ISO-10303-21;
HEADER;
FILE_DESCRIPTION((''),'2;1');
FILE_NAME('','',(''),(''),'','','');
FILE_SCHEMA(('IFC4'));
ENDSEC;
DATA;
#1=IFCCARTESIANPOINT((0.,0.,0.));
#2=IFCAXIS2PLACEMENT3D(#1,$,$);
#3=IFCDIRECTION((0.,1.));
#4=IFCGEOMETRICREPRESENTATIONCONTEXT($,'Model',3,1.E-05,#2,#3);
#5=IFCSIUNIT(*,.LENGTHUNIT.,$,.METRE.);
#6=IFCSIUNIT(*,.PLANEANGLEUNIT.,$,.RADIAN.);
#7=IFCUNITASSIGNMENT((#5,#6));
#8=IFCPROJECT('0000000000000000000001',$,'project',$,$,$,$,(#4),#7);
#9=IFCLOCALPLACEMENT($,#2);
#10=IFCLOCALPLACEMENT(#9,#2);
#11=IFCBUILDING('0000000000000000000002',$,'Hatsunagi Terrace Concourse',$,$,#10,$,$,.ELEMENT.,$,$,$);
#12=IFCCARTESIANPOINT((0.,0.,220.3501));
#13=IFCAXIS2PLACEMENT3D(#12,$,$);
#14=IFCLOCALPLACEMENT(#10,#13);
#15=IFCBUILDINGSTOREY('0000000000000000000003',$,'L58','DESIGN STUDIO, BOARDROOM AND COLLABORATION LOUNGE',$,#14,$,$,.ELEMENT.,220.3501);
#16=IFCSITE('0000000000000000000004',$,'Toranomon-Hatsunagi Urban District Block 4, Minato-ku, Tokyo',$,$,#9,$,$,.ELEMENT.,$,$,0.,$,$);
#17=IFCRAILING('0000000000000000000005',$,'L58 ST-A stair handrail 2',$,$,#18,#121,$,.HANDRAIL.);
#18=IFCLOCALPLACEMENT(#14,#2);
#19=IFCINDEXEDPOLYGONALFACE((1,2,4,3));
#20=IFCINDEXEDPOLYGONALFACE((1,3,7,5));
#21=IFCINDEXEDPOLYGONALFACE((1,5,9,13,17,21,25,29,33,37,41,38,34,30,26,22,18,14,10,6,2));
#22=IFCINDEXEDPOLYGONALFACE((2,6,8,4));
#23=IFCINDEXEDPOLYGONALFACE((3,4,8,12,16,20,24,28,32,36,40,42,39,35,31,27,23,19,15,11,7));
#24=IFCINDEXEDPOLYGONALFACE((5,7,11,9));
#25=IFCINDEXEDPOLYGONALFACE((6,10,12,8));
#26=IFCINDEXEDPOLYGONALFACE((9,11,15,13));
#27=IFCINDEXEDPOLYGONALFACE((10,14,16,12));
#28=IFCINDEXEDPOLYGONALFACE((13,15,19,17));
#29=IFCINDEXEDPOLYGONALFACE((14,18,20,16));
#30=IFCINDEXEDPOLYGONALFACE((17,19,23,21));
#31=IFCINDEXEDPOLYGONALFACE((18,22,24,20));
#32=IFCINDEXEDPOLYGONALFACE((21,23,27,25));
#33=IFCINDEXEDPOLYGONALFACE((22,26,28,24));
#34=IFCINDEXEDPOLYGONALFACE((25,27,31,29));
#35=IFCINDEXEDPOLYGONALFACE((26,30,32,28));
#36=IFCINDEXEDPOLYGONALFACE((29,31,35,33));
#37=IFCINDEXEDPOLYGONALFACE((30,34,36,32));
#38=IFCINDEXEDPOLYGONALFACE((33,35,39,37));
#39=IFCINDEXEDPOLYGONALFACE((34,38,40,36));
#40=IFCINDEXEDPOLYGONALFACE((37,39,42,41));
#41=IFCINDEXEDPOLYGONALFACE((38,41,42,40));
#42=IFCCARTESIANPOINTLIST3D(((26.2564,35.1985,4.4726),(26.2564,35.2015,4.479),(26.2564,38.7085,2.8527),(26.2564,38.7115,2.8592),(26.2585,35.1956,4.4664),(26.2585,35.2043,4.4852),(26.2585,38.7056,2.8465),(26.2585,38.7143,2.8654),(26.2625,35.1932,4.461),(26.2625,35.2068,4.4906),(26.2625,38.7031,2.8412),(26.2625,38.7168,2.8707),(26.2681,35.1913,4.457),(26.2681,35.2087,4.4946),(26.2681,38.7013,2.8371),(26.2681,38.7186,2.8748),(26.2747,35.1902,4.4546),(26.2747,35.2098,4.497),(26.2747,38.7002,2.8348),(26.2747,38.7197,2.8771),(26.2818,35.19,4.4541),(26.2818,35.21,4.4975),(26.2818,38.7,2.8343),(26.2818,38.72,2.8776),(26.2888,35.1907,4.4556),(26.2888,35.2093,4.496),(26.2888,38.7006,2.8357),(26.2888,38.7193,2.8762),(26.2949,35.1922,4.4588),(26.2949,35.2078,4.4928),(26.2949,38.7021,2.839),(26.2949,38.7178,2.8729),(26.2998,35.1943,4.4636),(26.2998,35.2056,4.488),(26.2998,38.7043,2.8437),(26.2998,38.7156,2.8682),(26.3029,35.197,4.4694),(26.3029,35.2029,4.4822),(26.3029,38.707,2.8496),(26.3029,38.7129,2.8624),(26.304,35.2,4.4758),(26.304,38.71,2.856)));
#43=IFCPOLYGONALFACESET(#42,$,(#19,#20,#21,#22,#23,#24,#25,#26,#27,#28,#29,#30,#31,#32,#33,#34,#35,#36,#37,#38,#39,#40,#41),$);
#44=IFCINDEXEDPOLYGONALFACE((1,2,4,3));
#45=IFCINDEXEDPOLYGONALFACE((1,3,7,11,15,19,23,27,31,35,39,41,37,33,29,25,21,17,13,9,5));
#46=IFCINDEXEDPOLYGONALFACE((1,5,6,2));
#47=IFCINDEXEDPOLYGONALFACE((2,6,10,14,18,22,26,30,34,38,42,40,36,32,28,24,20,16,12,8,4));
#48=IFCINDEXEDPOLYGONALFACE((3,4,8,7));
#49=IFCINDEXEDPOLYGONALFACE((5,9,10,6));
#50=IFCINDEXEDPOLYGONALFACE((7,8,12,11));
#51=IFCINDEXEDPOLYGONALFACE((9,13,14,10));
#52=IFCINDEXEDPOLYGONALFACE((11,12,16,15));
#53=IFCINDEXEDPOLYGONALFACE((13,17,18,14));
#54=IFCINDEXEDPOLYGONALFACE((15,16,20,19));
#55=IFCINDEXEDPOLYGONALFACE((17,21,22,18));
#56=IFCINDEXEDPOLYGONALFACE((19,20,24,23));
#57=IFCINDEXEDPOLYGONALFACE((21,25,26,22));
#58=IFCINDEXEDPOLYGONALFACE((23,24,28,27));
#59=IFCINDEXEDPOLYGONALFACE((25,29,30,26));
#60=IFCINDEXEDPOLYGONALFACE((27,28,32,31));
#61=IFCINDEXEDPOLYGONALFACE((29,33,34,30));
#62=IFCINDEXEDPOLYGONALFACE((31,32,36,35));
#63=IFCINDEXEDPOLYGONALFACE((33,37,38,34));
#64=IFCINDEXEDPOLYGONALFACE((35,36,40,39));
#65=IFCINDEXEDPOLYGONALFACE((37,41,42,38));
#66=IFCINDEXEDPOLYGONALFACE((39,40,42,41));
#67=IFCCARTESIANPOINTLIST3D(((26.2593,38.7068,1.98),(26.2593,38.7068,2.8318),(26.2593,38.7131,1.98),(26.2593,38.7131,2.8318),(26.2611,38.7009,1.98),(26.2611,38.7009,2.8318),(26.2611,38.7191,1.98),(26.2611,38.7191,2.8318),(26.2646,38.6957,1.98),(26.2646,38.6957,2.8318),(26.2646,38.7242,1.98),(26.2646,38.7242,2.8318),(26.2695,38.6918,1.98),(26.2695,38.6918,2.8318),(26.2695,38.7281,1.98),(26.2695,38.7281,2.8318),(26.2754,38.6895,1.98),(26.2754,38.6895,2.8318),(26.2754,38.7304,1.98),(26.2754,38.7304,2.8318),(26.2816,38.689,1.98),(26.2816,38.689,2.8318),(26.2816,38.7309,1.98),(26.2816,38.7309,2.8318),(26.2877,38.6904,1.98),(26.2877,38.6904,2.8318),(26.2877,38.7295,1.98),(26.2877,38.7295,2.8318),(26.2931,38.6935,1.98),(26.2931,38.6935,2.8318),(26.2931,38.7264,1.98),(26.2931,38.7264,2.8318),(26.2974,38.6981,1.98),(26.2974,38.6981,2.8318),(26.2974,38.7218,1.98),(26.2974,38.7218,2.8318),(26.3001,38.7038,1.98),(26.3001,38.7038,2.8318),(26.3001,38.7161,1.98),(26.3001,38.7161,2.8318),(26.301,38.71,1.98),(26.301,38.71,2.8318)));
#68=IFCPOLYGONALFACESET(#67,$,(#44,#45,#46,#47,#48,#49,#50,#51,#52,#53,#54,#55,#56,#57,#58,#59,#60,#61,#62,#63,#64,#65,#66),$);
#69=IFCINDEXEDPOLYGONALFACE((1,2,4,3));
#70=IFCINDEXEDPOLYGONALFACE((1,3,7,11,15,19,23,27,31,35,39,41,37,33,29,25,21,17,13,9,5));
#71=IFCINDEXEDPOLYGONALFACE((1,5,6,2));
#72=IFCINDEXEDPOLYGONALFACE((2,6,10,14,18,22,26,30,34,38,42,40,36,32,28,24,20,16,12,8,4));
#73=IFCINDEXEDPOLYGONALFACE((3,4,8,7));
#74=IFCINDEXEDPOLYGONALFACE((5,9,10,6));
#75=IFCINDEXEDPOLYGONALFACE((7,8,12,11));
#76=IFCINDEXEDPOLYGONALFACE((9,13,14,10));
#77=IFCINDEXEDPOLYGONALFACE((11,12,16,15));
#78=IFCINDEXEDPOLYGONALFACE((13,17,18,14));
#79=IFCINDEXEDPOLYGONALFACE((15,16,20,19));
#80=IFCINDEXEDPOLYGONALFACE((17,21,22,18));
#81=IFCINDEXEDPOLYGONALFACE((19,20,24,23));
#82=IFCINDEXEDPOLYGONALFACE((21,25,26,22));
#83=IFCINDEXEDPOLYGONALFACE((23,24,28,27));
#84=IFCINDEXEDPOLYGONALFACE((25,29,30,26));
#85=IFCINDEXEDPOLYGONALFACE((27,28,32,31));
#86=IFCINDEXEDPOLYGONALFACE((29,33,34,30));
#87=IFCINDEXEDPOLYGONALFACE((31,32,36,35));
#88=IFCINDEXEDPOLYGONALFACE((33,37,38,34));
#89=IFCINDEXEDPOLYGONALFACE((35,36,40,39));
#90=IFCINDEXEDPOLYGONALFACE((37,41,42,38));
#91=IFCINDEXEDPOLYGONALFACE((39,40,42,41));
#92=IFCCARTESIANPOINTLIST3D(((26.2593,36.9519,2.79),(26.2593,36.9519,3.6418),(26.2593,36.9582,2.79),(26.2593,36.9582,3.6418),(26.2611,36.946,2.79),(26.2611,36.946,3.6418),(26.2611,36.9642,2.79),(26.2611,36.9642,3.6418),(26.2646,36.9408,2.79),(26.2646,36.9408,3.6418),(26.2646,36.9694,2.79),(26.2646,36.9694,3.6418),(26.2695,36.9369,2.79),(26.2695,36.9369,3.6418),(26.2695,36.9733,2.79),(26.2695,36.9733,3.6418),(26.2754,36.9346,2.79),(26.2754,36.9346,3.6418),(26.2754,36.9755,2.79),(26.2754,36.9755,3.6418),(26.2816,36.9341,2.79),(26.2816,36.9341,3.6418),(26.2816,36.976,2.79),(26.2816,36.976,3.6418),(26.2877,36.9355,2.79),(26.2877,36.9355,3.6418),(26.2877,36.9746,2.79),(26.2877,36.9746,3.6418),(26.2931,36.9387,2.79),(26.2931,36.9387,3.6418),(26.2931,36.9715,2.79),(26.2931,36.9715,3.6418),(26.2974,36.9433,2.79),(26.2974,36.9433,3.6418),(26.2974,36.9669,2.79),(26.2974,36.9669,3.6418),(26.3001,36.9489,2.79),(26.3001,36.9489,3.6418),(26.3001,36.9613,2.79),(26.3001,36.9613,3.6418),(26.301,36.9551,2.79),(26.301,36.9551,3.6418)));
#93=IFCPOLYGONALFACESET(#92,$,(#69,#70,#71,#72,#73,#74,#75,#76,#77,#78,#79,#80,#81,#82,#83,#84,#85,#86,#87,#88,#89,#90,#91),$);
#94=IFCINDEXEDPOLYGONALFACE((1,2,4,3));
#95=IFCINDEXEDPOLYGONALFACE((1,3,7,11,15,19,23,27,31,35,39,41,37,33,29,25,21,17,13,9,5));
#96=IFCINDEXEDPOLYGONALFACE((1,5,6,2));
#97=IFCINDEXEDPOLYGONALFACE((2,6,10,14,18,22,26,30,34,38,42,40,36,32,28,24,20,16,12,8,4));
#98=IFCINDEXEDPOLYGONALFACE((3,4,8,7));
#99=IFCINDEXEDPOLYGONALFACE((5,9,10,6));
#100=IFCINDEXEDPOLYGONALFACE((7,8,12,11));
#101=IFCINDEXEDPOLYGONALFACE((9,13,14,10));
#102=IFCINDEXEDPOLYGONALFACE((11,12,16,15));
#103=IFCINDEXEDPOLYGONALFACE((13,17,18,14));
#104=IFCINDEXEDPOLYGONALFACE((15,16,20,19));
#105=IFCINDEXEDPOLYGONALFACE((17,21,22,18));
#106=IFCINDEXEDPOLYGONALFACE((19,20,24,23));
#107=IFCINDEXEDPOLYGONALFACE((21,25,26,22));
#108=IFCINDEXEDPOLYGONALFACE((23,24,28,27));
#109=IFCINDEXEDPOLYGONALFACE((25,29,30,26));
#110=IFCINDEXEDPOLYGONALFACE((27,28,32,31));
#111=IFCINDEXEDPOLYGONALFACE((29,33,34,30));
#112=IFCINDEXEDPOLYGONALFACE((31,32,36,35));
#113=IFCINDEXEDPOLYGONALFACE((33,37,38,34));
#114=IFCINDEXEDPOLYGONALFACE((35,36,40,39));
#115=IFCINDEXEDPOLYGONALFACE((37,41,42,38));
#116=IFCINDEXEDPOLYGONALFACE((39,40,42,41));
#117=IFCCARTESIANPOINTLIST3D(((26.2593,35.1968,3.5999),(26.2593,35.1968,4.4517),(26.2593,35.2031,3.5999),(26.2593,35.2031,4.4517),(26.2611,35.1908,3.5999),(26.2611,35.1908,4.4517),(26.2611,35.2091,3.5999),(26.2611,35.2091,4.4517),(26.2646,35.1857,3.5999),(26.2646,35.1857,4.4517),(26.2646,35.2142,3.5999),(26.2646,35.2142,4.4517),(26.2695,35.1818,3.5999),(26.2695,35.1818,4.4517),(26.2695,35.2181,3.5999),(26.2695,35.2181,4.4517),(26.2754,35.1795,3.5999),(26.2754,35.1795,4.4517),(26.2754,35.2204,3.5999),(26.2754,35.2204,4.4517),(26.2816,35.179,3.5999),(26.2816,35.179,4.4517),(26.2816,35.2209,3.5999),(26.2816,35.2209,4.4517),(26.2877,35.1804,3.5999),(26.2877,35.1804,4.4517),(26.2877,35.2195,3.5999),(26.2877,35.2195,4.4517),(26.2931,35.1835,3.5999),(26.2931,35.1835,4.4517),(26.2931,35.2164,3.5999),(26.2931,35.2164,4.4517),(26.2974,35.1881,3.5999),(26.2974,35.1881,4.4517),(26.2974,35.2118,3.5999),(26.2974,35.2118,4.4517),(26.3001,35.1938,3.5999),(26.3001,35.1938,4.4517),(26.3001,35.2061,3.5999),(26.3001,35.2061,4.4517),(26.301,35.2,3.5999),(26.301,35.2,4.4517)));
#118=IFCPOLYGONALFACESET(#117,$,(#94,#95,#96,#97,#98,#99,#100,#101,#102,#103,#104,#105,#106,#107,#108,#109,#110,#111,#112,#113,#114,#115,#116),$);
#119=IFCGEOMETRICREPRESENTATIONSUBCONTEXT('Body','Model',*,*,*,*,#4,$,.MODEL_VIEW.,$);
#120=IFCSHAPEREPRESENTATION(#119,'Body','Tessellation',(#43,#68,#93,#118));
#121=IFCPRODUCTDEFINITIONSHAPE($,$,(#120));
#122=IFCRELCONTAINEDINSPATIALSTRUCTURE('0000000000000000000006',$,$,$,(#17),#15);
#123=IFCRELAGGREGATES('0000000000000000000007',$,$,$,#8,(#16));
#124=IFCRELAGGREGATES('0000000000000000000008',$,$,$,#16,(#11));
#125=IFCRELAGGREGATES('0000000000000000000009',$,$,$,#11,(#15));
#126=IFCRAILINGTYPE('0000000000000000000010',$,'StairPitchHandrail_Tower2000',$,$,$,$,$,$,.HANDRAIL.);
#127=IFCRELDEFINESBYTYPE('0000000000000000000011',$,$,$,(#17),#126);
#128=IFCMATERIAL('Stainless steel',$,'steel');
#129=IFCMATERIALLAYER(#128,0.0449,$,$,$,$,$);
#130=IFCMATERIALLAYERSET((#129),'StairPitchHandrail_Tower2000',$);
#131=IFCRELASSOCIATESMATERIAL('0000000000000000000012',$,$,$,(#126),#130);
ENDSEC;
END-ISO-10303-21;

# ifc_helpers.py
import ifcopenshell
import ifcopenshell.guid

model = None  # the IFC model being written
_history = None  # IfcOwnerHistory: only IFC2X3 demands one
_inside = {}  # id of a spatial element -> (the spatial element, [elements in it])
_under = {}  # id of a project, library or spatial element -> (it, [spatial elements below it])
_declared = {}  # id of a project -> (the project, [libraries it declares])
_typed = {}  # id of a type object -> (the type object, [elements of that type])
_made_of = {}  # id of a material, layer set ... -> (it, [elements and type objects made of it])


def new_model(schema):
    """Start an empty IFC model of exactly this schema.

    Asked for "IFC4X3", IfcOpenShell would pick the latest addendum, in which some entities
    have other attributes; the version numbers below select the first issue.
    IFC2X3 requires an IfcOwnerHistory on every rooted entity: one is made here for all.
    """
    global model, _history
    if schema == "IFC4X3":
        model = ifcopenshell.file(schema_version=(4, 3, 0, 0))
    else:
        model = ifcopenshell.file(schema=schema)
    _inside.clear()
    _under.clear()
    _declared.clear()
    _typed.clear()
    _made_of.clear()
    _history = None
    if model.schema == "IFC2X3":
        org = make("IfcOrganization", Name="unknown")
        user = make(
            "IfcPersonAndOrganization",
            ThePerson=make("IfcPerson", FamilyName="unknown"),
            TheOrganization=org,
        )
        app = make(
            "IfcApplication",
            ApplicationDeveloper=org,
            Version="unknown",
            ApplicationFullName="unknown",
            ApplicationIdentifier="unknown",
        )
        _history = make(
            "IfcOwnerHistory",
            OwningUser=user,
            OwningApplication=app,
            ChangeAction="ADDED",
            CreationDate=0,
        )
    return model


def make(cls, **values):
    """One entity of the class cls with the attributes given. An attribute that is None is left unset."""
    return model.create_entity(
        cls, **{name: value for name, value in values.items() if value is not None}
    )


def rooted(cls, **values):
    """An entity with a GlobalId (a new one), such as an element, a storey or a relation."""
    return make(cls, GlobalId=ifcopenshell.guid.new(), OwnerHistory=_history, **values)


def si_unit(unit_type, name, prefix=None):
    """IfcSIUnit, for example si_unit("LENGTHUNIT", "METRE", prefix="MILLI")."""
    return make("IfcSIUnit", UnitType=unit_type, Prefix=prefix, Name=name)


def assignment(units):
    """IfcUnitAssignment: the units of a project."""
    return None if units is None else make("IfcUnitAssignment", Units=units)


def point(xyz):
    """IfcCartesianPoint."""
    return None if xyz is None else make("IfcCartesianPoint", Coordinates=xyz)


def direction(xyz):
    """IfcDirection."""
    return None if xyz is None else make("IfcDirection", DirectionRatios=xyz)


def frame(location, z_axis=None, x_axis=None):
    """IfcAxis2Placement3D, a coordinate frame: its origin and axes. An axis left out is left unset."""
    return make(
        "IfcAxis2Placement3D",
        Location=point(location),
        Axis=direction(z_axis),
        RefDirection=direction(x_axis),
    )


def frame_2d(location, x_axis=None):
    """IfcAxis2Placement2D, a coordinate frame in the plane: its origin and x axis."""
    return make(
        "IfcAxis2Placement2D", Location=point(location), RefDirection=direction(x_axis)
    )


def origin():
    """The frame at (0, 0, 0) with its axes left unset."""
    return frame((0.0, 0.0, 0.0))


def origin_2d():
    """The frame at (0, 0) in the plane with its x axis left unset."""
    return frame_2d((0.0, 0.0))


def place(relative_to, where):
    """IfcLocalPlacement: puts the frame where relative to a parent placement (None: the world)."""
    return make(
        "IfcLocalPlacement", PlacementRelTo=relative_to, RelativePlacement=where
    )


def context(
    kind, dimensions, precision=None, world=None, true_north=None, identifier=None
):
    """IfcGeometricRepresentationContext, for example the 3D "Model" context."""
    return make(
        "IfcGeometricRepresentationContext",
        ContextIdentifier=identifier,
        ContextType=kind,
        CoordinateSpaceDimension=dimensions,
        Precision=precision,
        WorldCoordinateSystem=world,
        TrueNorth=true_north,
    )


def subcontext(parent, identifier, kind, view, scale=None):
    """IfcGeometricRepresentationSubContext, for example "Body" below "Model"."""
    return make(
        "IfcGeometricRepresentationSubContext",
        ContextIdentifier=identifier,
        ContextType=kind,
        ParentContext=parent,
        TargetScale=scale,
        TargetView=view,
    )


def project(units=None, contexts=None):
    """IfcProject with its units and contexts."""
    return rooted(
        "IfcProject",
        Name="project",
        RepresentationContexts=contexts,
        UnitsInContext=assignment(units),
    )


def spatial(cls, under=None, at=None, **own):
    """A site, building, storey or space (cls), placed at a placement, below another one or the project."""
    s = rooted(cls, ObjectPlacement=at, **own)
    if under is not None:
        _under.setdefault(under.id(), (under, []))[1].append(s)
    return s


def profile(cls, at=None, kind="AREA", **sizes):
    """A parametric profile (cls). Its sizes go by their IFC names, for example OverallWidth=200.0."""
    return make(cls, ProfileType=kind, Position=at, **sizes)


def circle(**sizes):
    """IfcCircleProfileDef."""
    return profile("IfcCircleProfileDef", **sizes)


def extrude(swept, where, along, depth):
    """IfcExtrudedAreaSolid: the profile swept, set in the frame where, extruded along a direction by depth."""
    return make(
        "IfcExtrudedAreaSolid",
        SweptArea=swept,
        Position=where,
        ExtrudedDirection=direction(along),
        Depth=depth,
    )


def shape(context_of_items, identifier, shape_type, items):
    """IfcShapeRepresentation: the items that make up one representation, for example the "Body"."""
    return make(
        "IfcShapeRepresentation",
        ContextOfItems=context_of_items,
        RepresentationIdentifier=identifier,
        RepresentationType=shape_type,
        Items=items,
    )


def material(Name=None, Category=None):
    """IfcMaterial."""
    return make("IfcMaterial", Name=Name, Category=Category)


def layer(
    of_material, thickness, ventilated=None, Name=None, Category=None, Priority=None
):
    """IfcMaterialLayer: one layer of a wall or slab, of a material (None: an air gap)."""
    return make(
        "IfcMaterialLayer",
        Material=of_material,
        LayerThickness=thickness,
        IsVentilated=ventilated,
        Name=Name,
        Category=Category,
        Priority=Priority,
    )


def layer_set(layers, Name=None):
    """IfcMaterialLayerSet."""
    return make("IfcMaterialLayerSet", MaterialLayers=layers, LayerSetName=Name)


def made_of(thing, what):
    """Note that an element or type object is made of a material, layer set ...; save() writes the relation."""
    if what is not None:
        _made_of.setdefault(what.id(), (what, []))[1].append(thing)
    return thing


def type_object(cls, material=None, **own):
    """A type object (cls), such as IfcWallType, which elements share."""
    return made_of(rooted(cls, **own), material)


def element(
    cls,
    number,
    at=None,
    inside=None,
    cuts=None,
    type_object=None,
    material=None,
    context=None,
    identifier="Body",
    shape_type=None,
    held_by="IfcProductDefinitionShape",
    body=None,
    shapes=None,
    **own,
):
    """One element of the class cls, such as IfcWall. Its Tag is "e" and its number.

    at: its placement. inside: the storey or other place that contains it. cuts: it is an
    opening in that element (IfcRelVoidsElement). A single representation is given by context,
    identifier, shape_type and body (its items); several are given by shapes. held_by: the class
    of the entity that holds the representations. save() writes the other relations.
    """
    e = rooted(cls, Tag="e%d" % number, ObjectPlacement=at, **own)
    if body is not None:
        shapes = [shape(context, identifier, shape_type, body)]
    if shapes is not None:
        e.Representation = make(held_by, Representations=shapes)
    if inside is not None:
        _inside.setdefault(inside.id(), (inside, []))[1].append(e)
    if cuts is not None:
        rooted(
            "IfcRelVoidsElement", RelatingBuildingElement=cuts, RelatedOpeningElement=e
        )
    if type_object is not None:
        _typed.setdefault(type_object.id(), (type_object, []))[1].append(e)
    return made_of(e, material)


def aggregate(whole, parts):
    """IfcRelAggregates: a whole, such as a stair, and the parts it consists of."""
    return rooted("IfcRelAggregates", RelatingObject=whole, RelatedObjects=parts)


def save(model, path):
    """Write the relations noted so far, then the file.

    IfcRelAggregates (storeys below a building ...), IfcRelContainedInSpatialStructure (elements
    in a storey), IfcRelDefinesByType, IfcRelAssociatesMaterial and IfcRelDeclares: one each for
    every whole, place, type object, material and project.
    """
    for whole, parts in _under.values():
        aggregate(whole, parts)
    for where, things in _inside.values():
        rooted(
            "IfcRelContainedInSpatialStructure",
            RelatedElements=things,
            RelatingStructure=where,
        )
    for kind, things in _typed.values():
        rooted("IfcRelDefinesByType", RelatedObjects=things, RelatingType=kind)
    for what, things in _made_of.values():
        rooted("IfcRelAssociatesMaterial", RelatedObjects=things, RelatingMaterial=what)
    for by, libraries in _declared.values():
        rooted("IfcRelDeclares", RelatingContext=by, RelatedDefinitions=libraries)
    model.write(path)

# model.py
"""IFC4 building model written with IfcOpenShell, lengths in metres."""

from ifc_helpers import new_model, si_unit, direction, frame, origin, origin_2d, place, context, subcontext, project, spatial, circle, extrude, material, layer, layer_set, type_object, element, save


model = new_model("IFC4")

# Units and contexts
model_context = context("Model", 3, precision=1e-05, world=origin(), true_north=direction((0.0, 1.0)))
body_context = subcontext(model_context, "Body", "Model", "MODEL_VIEW")
ifc_project = project(units=[si_unit("LENGTHUNIT", "METRE"), si_unit("PLANEANGLEUNIT", "RADIAN")], contexts=[model_context])

# Site, building, storey
site_placement = place(None, origin())
site = spatial("IfcSite", under=ifc_project, at=site_placement, Name="Toranomon-Hatsunagi Urban District Block 4, Minato-ku, Tokyo", CompositionType="ELEMENT", RefElevation=0.0)
building_placement = place(site_placement, origin())
building = spatial("IfcBuilding", under=site, at=building_placement, Name="Hatsunagi Terrace Concourse", CompositionType="ELEMENT")
storey_placement = place(building_placement, frame((0.0, 0.0, 220.3501)))
storey = spatial("IfcBuildingStorey", under=building, at=storey_placement, Name="L58", Description="DESIGN STUDIO, BOARDROOM AND COLLABORATION LOUNGE", CompositionType="ELEMENT", Elevation=220.3501)

# Railing
ifc_material_1 = material(Name="Stainless steel", Category="steel")
ifc_layer_1 = layer(ifc_material_1, 0.0449)
ifc_layer_set_1 = layer_set([ifc_layer_1], Name="StairPitchHandrail_Tower2000")
railing_type_1 = type_object("IfcRailingType", Name="StairPitchHandrail_Tower2000", PredefinedType="HANDRAIL", material=ifc_layer_set_1)
railing_1_placement = place(storey_placement, frame((26.28, 38.71, 1.98)))
element("IfcRailing", 1, at=railing_1_placement, inside=storey, type_object=railing_type_1, Name="L58 ST-A stair handrail 2", PredefinedType="HANDRAIL", context=body_context, shape_type="SweptSolid", body=[
    extrude(circle(Radius=0.0239, at=origin_2d()), frame((0.0, 0.0, 0.876), z_axis=(0.0, -0.907972, 0.41903), x_axis=(1.0, 0.0, 0.0)), (0.0, 0.0, 1.0), 3.8657),
    extrude(circle(Radius=0.021, at=origin_2d()), origin(), (0.0, 0.0, 1.0), 0.8518),
    extrude(circle(Radius=0.021, at=origin_2d()), frame((0.0, -1.7549, 0.8101)), (0.0, 0.0, 1.0), 0.8518),
    extrude(circle(Radius=0.021, at=origin_2d()), frame((0.0, -3.51, 1.6199)), (0.0, 0.0, 1.0), 0.8518),
])

save(model, "model.ifc")
